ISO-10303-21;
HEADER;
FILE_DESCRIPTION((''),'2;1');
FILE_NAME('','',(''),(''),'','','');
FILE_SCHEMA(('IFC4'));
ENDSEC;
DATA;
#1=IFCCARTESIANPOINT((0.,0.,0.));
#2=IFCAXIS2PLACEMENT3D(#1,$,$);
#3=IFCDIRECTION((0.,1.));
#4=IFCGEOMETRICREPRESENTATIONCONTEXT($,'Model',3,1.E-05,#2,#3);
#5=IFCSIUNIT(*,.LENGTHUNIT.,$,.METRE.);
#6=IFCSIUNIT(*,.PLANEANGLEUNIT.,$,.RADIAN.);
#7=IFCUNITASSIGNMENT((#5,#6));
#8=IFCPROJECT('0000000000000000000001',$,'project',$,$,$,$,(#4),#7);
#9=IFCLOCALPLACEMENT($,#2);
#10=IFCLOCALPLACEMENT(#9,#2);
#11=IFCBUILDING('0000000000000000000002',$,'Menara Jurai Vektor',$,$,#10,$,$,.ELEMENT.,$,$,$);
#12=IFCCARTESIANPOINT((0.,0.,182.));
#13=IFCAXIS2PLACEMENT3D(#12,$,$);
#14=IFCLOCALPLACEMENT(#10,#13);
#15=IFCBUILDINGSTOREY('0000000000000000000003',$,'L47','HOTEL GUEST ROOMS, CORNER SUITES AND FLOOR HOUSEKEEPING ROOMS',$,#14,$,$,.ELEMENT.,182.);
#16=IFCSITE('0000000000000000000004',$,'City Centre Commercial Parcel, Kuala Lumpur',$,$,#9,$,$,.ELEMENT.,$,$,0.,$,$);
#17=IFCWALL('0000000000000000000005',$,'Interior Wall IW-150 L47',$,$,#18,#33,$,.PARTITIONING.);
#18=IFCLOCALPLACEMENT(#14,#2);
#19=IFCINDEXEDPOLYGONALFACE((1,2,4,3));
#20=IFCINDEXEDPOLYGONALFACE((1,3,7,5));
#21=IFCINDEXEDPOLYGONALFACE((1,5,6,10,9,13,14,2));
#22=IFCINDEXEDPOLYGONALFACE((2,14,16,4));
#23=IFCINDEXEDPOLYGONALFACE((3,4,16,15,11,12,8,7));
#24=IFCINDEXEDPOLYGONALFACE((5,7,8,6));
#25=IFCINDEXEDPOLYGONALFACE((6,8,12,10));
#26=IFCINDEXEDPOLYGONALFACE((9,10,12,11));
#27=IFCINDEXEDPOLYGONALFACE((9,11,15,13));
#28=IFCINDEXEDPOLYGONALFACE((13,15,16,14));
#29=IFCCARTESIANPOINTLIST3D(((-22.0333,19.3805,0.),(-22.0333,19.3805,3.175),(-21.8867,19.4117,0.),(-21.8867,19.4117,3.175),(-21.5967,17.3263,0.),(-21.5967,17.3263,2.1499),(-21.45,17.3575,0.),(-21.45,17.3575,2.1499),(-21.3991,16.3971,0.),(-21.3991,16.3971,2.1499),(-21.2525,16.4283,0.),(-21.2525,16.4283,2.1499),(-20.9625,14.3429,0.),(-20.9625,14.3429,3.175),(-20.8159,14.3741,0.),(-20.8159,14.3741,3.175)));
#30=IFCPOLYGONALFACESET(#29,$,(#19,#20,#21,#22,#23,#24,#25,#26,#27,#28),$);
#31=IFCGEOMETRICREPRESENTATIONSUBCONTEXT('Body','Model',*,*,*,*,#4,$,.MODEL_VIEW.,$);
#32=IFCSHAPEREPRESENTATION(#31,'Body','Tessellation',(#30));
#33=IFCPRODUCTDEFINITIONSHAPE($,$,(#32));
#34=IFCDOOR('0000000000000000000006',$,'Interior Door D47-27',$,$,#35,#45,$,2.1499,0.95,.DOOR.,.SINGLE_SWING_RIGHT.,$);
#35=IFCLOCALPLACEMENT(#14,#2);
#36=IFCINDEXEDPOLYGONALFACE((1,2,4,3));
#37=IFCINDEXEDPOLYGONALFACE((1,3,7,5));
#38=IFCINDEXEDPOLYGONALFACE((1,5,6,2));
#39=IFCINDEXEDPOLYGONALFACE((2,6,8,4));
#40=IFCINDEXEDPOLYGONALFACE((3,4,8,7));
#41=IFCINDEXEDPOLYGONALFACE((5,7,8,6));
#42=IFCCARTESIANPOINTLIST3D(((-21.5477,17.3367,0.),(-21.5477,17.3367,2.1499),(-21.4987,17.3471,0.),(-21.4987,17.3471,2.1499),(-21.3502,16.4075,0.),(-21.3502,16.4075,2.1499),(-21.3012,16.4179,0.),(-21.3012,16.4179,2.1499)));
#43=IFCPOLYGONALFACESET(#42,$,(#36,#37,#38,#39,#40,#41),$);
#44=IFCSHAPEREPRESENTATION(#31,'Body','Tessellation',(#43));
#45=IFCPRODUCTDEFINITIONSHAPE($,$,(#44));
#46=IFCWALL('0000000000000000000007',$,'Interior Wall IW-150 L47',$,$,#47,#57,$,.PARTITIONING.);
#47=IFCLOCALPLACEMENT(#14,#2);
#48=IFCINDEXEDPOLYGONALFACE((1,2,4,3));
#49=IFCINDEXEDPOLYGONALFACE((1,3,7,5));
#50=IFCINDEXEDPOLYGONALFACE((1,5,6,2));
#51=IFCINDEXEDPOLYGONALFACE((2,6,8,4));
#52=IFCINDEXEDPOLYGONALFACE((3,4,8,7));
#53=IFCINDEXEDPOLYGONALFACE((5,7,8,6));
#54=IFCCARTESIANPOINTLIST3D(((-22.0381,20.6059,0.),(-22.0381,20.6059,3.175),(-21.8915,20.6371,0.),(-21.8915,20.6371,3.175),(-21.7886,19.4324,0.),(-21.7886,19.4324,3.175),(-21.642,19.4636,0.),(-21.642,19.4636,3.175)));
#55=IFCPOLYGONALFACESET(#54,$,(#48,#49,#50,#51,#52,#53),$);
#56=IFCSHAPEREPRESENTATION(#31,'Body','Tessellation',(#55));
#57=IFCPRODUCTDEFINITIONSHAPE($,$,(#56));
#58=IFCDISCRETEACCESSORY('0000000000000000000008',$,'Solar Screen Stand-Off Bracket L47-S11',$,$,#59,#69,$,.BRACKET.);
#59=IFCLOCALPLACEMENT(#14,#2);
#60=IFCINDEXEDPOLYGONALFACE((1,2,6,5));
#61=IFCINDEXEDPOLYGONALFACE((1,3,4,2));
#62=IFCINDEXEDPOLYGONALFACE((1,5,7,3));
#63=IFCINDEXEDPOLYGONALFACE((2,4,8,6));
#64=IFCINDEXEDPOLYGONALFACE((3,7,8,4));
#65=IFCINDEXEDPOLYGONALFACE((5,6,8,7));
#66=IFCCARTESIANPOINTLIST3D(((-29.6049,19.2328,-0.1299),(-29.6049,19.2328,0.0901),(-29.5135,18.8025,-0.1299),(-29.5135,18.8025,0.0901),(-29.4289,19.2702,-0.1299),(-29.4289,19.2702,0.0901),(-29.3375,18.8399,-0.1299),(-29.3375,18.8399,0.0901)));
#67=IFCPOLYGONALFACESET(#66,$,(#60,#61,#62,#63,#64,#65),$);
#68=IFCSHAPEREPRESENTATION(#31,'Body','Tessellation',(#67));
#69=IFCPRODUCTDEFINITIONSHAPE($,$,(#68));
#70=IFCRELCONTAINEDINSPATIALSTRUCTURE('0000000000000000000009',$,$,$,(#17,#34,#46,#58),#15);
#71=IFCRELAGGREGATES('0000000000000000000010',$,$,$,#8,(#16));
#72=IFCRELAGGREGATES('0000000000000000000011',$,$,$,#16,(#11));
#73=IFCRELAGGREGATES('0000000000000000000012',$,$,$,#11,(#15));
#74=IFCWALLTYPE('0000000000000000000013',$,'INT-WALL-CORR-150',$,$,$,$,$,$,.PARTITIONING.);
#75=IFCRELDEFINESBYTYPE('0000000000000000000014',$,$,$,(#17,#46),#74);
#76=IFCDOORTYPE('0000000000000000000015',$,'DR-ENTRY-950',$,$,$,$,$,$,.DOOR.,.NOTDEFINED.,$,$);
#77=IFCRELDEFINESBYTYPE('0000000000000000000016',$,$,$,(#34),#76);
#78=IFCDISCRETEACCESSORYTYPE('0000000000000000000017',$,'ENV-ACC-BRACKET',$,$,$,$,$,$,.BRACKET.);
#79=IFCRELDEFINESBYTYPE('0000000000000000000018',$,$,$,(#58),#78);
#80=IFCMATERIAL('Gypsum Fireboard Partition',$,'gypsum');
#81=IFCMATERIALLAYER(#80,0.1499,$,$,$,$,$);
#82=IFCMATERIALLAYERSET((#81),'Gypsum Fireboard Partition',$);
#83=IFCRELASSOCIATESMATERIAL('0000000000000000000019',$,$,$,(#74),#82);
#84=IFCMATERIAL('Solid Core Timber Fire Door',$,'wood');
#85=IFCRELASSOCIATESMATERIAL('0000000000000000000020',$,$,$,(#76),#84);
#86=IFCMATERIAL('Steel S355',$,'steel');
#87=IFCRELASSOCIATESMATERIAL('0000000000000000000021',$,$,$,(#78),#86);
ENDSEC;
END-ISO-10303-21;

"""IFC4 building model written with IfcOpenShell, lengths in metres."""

from ifc_helpers import new_model, si_unit, direction, frame, frame_2d, origin, origin_2d, place, context, subcontext, project, spatial, rectangle, extrude, material, layer, layer_set, type_object, element, fill, save


model = new_model("IFC4")

# Units and contexts
model_context = context("Model", 3, precision=1e-05, world=origin(), true_north=direction((0.0, 1.0)))
body_context = subcontext(model_context, "Body", "Model", "MODEL_VIEW")
ifc_project = project(units=[si_unit("LENGTHUNIT", "METRE"), si_unit("PLANEANGLEUNIT", "RADIAN")], contexts=[model_context])

# Site, building, storey
site_placement = place(None, origin())
site = spatial("IfcSite", under=ifc_project, at=site_placement, Name="City Centre Commercial Parcel, Kuala Lumpur", CompositionType="ELEMENT", RefElevation=0.0)
building_placement = place(site_placement, origin())
building = spatial("IfcBuilding", under=site, at=building_placement, Name="Menara Jurai Vektor", CompositionType="ELEMENT")
storey_placement = place(building_placement, frame((0.0, 0.0, 182.0)))
storey = spatial("IfcBuildingStorey", under=building, at=storey_placement, Name="L47", Description="HOTEL GUEST ROOMS, CORNER SUITES AND FLOOR HOUSEKEEPING ROOMS", CompositionType="ELEMENT", Elevation=182.0)

# Shared definitions
ifc_material_1 = material(Name="Steel S355", Category="steel")

# Shared definitions
ifc_material_2 = material(Name="Gypsum Fireboard Partition", Category="gypsum")
ifc_layer_1 = layer(ifc_material_2, 0.1499)
ifc_layer_set_1 = layer_set([ifc_layer_1], Name="Gypsum Fireboard Partition")
wall_type = type_object("IfcWallType", Name="INT-WALL-CORR-150", PredefinedType="PARTITIONING", material=ifc_layer_set_1)

# Wall, opening, door
wall_1_placement = place(storey_placement, frame((-20.8892, 14.3584, 0.0), z_axis=(0.0, 0.0, 1.0), x_axis=(-0.207917, 0.978147, 0.0)))
wall_1 = element("IfcWall", 1, at=wall_1_placement, inside=storey, type_object=wall_type, Name="Interior Wall IW-150 L47", PredefinedType="PARTITIONING", context=body_context, shape_type="SweptSolid", body=[
    extrude(rectangle(XDim=5.1501, YDim=0.1499, at=frame_2d((2.5752, 0.0))), origin(), (0.0, 0.0, 1.0), 3.175),
])
opening_placement = place(wall_1_placement, frame((2.1001, 0.0, 0.0)))
opening = element("IfcOpeningElement", 2, at=opening_placement, cuts=wall_1, PredefinedType="OPENING", context=body_context, shape_type="SweptSolid", body=[
    extrude(rectangle(XDim=0.95, YDim=2.1499, at=frame_2d((0.4751, 1.075))), frame((0.0, 0.085, 0.0), z_axis=(0.0, -1.0, 0.0), x_axis=(1.0, 0.0, 0.0)), (0.0, 0.0, 1.0), 0.1699),
])
ifc_material_3 = material(Name="Solid Core Timber Fire Door", Category="wood")
door_type = type_object("IfcDoorType", Name="DR-ENTRY-950", OperationType="NOTDEFINED", PredefinedType="DOOR", material=ifc_material_3)
door_placement = place(opening_placement, origin())
door = element("IfcDoor", 3, at=door_placement, inside=storey, type_object=door_type, Name="Interior Door D47-27", OperationType="SINGLE_SWING_RIGHT", OverallHeight=2.1499, OverallWidth=0.95, PredefinedType="DOOR", context=body_context, shape_type="SweptSolid", body=[
    extrude(rectangle(XDim=0.95, YDim=2.1499, at=frame_2d((0.4751, 1.075))), frame((0.0, 0.0249, 0.0), z_axis=(0.0, -1.0, 0.0), x_axis=(1.0, 0.0, 0.0)), (0.0, 0.0, 1.0), 0.05),
])
fill(opening, door)

# Wall
wall_2_placement = place(storey_placement, frame((-21.7153, 19.448, 0.0), z_axis=(0.0, 0.0, 1.0), x_axis=(-0.207959, 0.978138, 0.0)))
element("IfcWall", 4, at=wall_2_placement, inside=storey, type_object=wall_type, Name="Interior Wall IW-150 L47", PredefinedType="PARTITIONING", context=body_context, shape_type="SweptSolid", body=[
    extrude(rectangle(XDim=1.1997, YDim=0.1499, at=frame_2d((0.5999, 0.0))), origin(), (0.0, 0.0, 1.0), 3.175),
])

# Discrete accessory
discrete_accessory_type = type_object("IfcDiscreteAccessoryType", Name="ENV-ACC-BRACKET", PredefinedType="BRACKET", material=ifc_material_1)
discrete_accessory_placement = place(storey_placement, frame((-29.4712, 19.0364, -0.1299), z_axis=(0.0, 0.0, 1.0), x_axis=(-0.978148, -0.207912, 0.0)))
element("IfcDiscreteAccessory", 5, at=discrete_accessory_placement, inside=storey, type_object=discrete_accessory_type, Name="Solar Screen Stand-Off Bracket L47-S11", PredefinedType="BRACKET", context=body_context, shape_type="SweptSolid", body=[
    extrude(rectangle(XDim=0.1799, YDim=0.4399, at=origin_2d()), origin(), (0.0, 0.0, 1.0), 0.22),
])

save(model, "model.ifc")
